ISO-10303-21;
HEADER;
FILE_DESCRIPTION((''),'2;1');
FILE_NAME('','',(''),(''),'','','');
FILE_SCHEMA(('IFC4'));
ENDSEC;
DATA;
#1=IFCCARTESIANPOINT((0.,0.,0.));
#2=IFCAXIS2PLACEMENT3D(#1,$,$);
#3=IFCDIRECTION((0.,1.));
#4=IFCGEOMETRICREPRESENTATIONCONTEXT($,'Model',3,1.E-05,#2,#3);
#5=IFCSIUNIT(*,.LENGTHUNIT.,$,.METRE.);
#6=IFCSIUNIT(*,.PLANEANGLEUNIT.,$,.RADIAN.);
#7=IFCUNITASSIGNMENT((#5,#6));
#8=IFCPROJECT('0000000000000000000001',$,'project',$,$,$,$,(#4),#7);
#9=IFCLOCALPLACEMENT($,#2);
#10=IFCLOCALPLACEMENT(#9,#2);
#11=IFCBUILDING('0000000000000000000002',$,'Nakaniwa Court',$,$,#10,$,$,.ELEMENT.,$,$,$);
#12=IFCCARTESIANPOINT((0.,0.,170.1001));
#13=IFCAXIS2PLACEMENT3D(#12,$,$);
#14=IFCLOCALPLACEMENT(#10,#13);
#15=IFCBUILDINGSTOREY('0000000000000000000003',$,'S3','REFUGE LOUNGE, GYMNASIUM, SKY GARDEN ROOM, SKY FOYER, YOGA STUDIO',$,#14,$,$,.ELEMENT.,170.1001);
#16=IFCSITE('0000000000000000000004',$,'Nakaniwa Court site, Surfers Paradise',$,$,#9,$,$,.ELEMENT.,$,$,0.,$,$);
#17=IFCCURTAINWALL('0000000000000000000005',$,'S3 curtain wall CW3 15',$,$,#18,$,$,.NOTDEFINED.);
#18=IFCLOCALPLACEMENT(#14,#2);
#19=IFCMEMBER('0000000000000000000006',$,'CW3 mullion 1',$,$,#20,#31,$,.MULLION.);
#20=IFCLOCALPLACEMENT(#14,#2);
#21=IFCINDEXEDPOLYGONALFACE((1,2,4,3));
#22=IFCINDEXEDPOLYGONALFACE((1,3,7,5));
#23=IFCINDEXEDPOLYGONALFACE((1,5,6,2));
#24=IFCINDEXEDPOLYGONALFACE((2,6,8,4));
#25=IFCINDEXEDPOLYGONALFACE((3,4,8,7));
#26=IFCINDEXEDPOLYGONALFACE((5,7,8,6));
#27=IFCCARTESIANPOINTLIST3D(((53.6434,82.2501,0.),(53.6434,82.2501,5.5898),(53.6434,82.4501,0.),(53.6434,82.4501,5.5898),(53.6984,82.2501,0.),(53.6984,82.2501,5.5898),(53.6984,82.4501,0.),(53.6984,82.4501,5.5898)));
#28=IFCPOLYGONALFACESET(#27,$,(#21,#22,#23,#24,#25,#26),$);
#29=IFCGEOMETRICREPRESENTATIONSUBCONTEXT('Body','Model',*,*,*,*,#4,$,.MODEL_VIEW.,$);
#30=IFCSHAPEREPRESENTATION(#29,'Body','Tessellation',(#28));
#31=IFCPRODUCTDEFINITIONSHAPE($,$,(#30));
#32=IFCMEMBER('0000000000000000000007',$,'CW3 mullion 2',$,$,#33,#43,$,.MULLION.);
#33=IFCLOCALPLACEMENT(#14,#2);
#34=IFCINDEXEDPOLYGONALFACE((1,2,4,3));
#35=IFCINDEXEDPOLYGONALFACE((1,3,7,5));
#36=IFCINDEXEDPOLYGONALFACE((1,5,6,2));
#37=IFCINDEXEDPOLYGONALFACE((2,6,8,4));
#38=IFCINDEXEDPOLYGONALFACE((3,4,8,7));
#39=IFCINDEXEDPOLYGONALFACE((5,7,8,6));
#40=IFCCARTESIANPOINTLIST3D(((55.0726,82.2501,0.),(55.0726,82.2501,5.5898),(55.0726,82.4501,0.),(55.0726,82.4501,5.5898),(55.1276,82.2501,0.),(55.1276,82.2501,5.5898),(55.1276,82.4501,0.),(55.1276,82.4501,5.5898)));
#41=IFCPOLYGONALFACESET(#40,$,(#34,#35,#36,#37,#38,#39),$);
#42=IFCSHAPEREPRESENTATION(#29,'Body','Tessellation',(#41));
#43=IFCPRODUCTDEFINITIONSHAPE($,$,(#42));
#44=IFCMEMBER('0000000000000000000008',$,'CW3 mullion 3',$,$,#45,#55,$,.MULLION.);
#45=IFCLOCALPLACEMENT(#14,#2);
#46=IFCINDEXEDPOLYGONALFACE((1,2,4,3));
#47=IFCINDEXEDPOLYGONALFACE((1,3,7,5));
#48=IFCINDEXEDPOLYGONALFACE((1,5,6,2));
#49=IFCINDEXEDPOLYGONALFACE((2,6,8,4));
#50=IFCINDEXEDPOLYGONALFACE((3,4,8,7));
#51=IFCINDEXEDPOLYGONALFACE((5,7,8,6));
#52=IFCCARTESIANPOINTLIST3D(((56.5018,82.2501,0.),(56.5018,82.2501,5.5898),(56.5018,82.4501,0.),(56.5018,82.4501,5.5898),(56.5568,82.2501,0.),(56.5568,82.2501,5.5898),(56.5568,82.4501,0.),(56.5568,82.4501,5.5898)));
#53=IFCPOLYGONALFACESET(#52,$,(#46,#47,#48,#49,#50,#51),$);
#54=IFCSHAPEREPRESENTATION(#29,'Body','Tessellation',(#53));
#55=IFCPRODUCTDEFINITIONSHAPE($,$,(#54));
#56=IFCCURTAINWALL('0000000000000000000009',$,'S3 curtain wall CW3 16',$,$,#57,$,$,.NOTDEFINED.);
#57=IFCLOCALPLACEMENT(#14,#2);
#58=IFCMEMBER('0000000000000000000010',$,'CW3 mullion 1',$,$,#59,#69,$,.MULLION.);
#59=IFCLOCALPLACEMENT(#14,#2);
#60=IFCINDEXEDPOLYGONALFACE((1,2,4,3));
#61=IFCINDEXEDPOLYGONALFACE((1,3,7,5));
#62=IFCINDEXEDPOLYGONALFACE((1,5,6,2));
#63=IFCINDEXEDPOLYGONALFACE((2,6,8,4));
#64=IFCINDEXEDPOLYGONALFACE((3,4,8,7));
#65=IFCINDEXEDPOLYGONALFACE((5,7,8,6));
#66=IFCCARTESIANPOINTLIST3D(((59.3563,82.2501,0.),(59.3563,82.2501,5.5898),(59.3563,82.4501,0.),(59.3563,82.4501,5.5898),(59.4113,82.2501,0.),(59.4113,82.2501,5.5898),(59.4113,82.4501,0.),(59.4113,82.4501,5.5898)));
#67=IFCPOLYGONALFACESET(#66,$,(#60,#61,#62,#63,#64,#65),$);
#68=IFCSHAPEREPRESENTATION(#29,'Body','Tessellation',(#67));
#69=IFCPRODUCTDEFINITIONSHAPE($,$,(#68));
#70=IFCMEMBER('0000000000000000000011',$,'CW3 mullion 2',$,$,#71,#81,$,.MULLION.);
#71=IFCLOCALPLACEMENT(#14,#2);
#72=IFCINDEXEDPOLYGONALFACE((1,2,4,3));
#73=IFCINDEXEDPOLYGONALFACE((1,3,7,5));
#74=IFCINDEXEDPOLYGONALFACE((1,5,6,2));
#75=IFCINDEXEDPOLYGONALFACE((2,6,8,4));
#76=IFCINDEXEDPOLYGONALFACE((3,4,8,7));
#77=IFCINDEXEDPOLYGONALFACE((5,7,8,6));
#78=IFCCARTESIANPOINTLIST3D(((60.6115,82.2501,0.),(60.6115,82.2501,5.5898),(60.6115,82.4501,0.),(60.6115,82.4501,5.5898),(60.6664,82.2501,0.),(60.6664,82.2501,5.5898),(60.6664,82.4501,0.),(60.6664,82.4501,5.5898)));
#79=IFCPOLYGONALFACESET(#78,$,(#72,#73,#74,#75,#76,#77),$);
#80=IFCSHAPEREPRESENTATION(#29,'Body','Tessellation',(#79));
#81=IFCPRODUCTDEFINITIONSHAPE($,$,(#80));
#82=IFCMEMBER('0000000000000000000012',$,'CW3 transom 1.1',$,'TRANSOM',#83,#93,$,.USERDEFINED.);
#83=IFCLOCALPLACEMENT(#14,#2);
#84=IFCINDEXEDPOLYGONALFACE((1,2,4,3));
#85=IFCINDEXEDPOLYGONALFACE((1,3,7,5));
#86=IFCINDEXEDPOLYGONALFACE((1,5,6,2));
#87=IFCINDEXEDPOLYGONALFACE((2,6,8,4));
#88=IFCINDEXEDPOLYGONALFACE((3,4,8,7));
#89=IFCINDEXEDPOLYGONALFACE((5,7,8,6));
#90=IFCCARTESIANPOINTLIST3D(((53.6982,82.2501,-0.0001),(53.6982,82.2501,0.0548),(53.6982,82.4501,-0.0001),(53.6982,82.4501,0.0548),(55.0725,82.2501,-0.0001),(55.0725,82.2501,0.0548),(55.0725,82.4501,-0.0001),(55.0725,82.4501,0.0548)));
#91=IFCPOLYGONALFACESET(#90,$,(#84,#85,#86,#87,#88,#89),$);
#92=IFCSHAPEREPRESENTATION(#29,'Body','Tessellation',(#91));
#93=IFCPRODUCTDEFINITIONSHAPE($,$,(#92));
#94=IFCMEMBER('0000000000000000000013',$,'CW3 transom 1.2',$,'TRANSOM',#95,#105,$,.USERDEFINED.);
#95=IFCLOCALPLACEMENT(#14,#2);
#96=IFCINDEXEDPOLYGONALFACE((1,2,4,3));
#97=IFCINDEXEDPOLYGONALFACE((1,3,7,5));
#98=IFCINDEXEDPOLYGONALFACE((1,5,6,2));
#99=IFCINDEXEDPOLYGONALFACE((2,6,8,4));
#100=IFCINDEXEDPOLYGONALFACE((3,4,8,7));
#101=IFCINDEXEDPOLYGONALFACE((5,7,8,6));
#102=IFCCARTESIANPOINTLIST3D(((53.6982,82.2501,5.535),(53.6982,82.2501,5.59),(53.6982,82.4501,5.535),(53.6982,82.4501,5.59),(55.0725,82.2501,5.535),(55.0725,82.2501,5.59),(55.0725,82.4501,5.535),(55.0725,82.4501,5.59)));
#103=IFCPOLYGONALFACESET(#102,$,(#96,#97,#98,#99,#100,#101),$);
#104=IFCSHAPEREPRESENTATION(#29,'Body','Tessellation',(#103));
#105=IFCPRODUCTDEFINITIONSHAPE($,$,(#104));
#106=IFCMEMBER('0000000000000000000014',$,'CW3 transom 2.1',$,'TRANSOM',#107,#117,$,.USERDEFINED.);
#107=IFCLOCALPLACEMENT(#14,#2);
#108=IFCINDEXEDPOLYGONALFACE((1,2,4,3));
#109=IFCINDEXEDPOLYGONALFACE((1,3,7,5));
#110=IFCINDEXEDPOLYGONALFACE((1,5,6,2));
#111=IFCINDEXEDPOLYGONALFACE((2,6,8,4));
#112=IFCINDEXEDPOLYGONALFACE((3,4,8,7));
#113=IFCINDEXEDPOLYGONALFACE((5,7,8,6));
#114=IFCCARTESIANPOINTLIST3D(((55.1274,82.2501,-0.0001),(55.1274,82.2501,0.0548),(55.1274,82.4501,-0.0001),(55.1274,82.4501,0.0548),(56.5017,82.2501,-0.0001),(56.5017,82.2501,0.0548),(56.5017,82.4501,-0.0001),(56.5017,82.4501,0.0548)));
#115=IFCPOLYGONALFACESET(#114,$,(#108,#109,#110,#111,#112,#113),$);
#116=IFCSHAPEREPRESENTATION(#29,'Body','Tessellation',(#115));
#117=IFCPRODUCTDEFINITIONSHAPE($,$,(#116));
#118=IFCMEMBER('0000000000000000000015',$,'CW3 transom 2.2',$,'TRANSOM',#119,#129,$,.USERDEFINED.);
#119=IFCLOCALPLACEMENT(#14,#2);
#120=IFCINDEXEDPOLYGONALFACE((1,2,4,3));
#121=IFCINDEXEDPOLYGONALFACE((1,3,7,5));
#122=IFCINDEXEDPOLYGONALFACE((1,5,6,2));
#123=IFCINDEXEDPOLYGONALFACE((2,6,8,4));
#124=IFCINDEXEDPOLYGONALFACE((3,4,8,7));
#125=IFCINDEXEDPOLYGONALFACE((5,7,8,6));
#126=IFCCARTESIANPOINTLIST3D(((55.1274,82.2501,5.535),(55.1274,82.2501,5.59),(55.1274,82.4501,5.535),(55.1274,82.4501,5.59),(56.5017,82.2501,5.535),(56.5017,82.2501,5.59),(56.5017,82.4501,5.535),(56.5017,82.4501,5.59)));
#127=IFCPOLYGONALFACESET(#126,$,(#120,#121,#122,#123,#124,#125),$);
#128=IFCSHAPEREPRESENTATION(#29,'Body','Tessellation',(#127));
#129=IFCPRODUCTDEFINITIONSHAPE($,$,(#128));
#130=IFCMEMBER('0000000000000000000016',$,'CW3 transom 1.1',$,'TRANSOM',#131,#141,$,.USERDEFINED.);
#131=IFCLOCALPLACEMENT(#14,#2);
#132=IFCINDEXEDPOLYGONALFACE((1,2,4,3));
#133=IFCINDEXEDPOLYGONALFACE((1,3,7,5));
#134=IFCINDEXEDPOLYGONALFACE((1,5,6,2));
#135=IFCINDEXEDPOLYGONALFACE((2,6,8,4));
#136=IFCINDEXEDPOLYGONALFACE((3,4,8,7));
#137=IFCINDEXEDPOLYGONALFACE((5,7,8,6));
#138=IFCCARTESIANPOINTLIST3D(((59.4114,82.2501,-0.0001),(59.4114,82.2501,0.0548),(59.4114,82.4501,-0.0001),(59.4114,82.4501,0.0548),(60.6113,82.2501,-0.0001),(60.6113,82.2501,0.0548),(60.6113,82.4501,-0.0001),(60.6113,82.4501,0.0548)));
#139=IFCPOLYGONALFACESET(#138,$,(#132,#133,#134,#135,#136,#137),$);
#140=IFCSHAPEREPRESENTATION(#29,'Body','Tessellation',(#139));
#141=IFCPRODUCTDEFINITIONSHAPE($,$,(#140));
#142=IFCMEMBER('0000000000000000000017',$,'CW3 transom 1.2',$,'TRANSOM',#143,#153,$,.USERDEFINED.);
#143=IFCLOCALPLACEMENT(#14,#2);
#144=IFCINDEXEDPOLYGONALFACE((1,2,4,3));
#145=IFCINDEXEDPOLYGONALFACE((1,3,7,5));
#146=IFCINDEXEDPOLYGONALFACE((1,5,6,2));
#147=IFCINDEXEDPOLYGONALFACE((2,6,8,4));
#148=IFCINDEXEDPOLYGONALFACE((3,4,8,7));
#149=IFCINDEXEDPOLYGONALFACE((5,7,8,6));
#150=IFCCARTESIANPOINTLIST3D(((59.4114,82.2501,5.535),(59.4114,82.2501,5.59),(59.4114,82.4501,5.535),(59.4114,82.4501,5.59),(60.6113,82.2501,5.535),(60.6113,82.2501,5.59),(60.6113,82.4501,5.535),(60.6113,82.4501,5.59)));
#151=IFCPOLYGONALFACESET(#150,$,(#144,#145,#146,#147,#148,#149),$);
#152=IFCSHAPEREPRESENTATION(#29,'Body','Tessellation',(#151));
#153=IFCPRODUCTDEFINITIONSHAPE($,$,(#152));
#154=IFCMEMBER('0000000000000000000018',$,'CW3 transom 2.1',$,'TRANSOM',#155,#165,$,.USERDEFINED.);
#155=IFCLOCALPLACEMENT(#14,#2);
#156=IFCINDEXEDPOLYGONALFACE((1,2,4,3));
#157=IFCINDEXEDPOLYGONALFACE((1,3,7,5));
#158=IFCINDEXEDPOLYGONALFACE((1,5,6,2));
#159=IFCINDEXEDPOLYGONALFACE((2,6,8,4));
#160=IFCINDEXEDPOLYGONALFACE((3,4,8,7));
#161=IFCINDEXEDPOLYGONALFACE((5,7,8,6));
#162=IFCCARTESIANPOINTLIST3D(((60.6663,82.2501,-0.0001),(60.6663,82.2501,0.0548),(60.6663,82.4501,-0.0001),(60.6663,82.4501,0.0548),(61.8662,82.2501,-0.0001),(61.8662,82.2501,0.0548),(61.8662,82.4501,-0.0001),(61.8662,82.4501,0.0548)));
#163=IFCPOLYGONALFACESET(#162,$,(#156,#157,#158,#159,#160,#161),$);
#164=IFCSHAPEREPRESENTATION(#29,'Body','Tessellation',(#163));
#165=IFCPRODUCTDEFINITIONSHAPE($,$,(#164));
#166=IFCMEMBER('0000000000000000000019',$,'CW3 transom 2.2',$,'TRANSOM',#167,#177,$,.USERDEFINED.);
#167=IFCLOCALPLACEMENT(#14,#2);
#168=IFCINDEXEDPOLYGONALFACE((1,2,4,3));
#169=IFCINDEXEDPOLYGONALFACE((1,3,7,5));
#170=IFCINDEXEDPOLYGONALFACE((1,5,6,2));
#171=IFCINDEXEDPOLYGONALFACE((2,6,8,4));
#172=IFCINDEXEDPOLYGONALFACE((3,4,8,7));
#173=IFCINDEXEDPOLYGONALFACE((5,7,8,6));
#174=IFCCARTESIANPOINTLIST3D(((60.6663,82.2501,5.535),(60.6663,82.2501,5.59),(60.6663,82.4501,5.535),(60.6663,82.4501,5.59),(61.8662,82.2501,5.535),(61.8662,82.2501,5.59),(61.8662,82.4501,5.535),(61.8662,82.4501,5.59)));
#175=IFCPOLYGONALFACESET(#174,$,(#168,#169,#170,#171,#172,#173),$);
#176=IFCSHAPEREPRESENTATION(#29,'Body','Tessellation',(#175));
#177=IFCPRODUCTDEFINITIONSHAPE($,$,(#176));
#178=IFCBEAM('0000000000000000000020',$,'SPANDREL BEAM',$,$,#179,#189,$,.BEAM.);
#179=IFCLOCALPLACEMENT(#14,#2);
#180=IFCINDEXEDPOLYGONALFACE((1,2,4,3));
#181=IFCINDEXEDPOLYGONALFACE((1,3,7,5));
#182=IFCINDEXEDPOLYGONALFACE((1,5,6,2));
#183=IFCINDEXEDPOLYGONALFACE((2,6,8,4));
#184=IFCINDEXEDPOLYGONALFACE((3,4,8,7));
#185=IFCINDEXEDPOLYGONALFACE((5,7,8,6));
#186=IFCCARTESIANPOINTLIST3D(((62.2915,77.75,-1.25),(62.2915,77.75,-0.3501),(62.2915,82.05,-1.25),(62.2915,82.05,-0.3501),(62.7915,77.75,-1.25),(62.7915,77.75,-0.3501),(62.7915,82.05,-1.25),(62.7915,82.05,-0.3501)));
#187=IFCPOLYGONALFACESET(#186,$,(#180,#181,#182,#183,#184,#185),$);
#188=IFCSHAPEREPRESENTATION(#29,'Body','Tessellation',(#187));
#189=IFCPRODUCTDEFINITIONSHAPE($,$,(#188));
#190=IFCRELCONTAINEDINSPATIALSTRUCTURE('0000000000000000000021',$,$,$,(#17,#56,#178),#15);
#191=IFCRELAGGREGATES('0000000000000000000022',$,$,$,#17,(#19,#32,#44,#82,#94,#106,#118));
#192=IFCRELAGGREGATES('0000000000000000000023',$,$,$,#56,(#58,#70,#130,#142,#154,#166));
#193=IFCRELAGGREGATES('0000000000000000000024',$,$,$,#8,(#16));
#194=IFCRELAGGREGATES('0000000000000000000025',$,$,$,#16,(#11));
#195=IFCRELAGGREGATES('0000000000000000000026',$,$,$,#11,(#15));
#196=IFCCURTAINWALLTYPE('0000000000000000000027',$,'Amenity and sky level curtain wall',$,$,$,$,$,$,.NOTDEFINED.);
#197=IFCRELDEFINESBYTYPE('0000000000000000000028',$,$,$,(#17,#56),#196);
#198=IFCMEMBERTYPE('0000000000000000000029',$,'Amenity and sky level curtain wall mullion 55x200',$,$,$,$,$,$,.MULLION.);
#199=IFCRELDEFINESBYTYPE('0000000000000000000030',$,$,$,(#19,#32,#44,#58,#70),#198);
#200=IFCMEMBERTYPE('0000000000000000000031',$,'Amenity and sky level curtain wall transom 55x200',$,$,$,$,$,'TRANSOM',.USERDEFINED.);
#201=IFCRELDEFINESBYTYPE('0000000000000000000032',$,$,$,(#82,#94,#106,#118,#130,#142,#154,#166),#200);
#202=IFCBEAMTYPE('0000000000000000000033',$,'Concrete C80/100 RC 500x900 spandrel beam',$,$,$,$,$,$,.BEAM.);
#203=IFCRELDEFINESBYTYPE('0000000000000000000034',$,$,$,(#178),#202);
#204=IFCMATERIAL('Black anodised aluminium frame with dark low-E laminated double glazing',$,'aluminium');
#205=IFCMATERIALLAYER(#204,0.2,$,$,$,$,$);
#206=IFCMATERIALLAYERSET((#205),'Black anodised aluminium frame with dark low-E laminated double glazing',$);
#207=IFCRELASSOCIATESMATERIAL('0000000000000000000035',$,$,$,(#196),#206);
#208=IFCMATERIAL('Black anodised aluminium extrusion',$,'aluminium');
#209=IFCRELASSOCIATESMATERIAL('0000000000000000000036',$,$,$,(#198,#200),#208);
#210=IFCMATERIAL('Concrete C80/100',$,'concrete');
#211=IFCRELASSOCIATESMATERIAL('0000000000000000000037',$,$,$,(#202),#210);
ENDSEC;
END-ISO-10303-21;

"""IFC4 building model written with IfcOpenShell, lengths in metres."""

from ifc_helpers import new_model, si_unit, direction, frame, origin, origin_2d, place, context, subcontext, project, spatial, rectangle, extrude, material, layer, layer_set, material_profile, profile_set, type_object, element, aggregate, save


model = new_model("IFC4")

# Units and contexts
model_context = context("Model", 3, precision=1e-05, world=origin(), true_north=direction((0.0, 1.0)))
body_context = subcontext(model_context, "Body", "Model", "MODEL_VIEW")
ifc_project = project(units=[si_unit("LENGTHUNIT", "METRE"), si_unit("PLANEANGLEUNIT", "RADIAN")], contexts=[model_context])

# Site, building, storey
site_placement = place(None, origin())
site = spatial("IfcSite", under=ifc_project, at=site_placement, Name="Nakaniwa Court site, Surfers Paradise", CompositionType="ELEMENT", RefElevation=0.0)
building_placement = place(site_placement, origin())
building = spatial("IfcBuilding", under=site, at=building_placement, Name="Nakaniwa Court", CompositionType="ELEMENT")
storey_placement = place(building_placement, frame((0.0, 0.0, 170.1001)))
storey = spatial("IfcBuildingStorey", under=building, at=storey_placement, Name="S3", Description="REFUGE LOUNGE, GYMNASIUM, SKY GARDEN ROOM, SKY FOYER, YOGA STUDIO", CompositionType="ELEMENT", Elevation=170.1001)

# Curtain walls, members
ifc_material_1 = material(Name="Black anodised aluminium frame with dark low-E laminated double glazing", Category="aluminium")
ifc_layer_1 = layer(ifc_material_1, 0.2)
ifc_layer_set_1 = layer_set([ifc_layer_1], Name="Black anodised aluminium frame with dark low-E laminated double glazing")
curtain_wall_type = type_object("IfcCurtainWallType", Name="Amenity and sky level curtain wall", PredefinedType="NOTDEFINED", material=ifc_layer_set_1)
curtain_wall_1_placement = place(storey_placement, origin())
curtain_wall_1 = element("IfcCurtainWall", 1, at=curtain_wall_1_placement, inside=storey, type_object=curtain_wall_type, Name="S3 curtain wall CW3 15", PredefinedType="NOTDEFINED")
ifc_material_2 = material(Name="Black anodised aluminium extrusion", Category="aluminium")
ifc_material_profile_1 = material_profile(ifc_material_2, rectangle(XDim=0.2, YDim=0.0549, at=origin_2d()), Name="Amenity and sky level curtain wall mullion 55x200")
ifc_profile_set_1 = profile_set([ifc_material_profile_1], Name="Black anodised aluminium extrusion")
member_type_1 = type_object("IfcMemberType", Name="Amenity and sky level curtain wall mullion 55x200", PredefinedType="MULLION", material=ifc_profile_set_1)
member_1_placement = place(storey_placement, frame((53.6709, 82.3501, 0.0), z_axis=(0.0, 0.0, 1.0), x_axis=(0.0, 1.0, 0.0)))
member_1 = element("IfcMember", 2, at=member_1_placement, type_object=member_type_1, Name="CW3 mullion 1", PredefinedType="MULLION", context=body_context, shape_type="SweptSolid", body=[
    extrude(rectangle(XDim=0.2, YDim=0.0549, at=origin_2d()), origin(), (0.0, 0.0, 1.0), 5.5898),
])
member_2_placement = place(storey_placement, frame((55.1001, 82.3501, 0.0), z_axis=(0.0, 0.0, 1.0), x_axis=(0.0, 1.0, 0.0)))
member_2 = element("IfcMember", 3, at=member_2_placement, type_object=member_type_1, Name="CW3 mullion 2", PredefinedType="MULLION", context=body_context, shape_type="SweptSolid", body=[
    extrude(rectangle(XDim=0.2, YDim=0.0549, at=origin_2d()), origin(), (0.0, 0.0, 1.0), 5.5898),
])
member_3_placement = place(storey_placement, frame((56.5293, 82.3501, 0.0), z_axis=(0.0, 0.0, 1.0), x_axis=(0.0, 1.0, 0.0)))
member_3 = element("IfcMember", 4, at=member_3_placement, type_object=member_type_1, Name="CW3 mullion 3", PredefinedType="MULLION", context=body_context, shape_type="SweptSolid", body=[
    extrude(rectangle(XDim=0.2, YDim=0.0549, at=origin_2d()), origin(), (0.0, 0.0, 1.0), 5.5898),
])
curtain_wall_2_placement = place(storey_placement, origin())
curtain_wall_2 = element("IfcCurtainWall", 5, at=curtain_wall_2_placement, inside=storey, type_object=curtain_wall_type, Name="S3 curtain wall CW3 16", PredefinedType="NOTDEFINED")
member_4_placement = place(storey_placement, frame((59.3838, 82.3501, 0.0), z_axis=(0.0, 0.0, 1.0), x_axis=(0.0, 1.0, 0.0)))
member_4 = element("IfcMember", 6, at=member_4_placement, type_object=member_type_1, Name="CW3 mullion 1", PredefinedType="MULLION", context=body_context, shape_type="SweptSolid", body=[
    extrude(rectangle(XDim=0.2, YDim=0.0549, at=origin_2d()), origin(), (0.0, 0.0, 1.0), 5.5898),
])
member_5_placement = place(storey_placement, frame((60.6389, 82.3501, 0.0), z_axis=(0.0, 0.0, 1.0), x_axis=(0.0, 1.0, 0.0)))
member_5 = element("IfcMember", 7, at=member_5_placement, type_object=member_type_1, Name="CW3 mullion 2", PredefinedType="MULLION", context=body_context, shape_type="SweptSolid", body=[
    extrude(rectangle(XDim=0.2, YDim=0.0549, at=origin_2d()), origin(), (0.0, 0.0, 1.0), 5.5898),
])

# Members
ifc_material_profile_2 = material_profile(ifc_material_2, rectangle(XDim=0.2, YDim=0.0549, at=origin_2d()), Name="Amenity and sky level curtain wall transom 55x200")
ifc_profile_set_2 = profile_set([ifc_material_profile_2], Name="Black anodised aluminium extrusion")
member_type_2 = type_object("IfcMemberType", Name="Amenity and sky level curtain wall transom 55x200", ElementType="TRANSOM", PredefinedType="USERDEFINED", material=ifc_profile_set_2)
member_6_placement = place(storey_placement, frame((53.6982, 82.3501, 0.0273), z_axis=(1.0, 0.0, 0.0), x_axis=(0.0, 1.0, 0.0)))
member_6 = element("IfcMember", 8, at=member_6_placement, type_object=member_type_2, Name="CW3 transom 1.1", ObjectType="TRANSOM", PredefinedType="USERDEFINED", context=body_context, shape_type="SweptSolid", body=[
    extrude(rectangle(XDim=0.2, YDim=0.0549, at=origin_2d()), origin(), (0.0, 0.0, 1.0), 1.3743),
])
member_7_placement = place(storey_placement, frame((53.6982, 82.3501, 5.5625), z_axis=(1.0, 0.0, 0.0), x_axis=(0.0, 1.0, 0.0)))
member_7 = element("IfcMember", 9, at=member_7_placement, type_object=member_type_2, Name="CW3 transom 1.2", ObjectType="TRANSOM", PredefinedType="USERDEFINED", context=body_context, shape_type="SweptSolid", body=[
    extrude(rectangle(XDim=0.2, YDim=0.0549, at=origin_2d()), origin(), (0.0, 0.0, 1.0), 1.3743),
])
member_8_placement = place(storey_placement, frame((55.1274, 82.3501, 0.0273), z_axis=(1.0, 0.0, 0.0), x_axis=(0.0, 1.0, 0.0)))
member_8 = element("IfcMember", 10, at=member_8_placement, type_object=member_type_2, Name="CW3 transom 2.1", ObjectType="TRANSOM", PredefinedType="USERDEFINED", context=body_context, shape_type="SweptSolid", body=[
    extrude(rectangle(XDim=0.2, YDim=0.0549, at=origin_2d()), origin(), (0.0, 0.0, 1.0), 1.3743),
])
member_9_placement = place(storey_placement, frame((55.1274, 82.3501, 5.5625), z_axis=(1.0, 0.0, 0.0), x_axis=(0.0, 1.0, 0.0)))
member_9 = element("IfcMember", 11, at=member_9_placement, type_object=member_type_2, Name="CW3 transom 2.2", ObjectType="TRANSOM", PredefinedType="USERDEFINED", context=body_context, shape_type="SweptSolid", body=[
    extrude(rectangle(XDim=0.2, YDim=0.0549, at=origin_2d()), origin(), (0.0, 0.0, 1.0), 1.3743),
])
member_10_placement = place(storey_placement, frame((59.4114, 82.3501, 0.0273), z_axis=(1.0, 0.0, 0.0), x_axis=(0.0, 1.0, 0.0)))
member_10 = element("IfcMember", 12, at=member_10_placement, type_object=member_type_2, Name="CW3 transom 1.1", ObjectType="TRANSOM", PredefinedType="USERDEFINED", context=body_context, shape_type="SweptSolid", body=[
    extrude(rectangle(XDim=0.2, YDim=0.0549, at=origin_2d()), origin(), (0.0, 0.0, 1.0), 1.2),
])
member_11_placement = place(storey_placement, frame((59.4114, 82.3501, 5.5625), z_axis=(1.0, 0.0, 0.0), x_axis=(0.0, 1.0, 0.0)))
member_11 = element("IfcMember", 13, at=member_11_placement, type_object=member_type_2, Name="CW3 transom 1.2", ObjectType="TRANSOM", PredefinedType="USERDEFINED", context=body_context, shape_type="SweptSolid", body=[
    extrude(rectangle(XDim=0.2, YDim=0.0549, at=origin_2d()), origin(), (0.0, 0.0, 1.0), 1.2),
])
member_12_placement = place(storey_placement, frame((60.6663, 82.3501, 0.0273), z_axis=(1.0, 0.0, 0.0), x_axis=(0.0, 1.0, 0.0)))
member_12 = element("IfcMember", 14, at=member_12_placement, type_object=member_type_2, Name="CW3 transom 2.1", ObjectType="TRANSOM", PredefinedType="USERDEFINED", context=body_context, shape_type="SweptSolid", body=[
    extrude(rectangle(XDim=0.2, YDim=0.0549, at=origin_2d()), origin(), (0.0, 0.0, 1.0), 1.2),
])
member_13_placement = place(storey_placement, frame((60.6663, 82.3501, 5.5625), z_axis=(1.0, 0.0, 0.0), x_axis=(0.0, 1.0, 0.0)))
member_13 = element("IfcMember", 15, at=member_13_placement, type_object=member_type_2, Name="CW3 transom 2.2", ObjectType="TRANSOM", PredefinedType="USERDEFINED", context=body_context, shape_type="SweptSolid", body=[
    extrude(rectangle(XDim=0.2, YDim=0.0549, at=origin_2d()), origin(), (0.0, 0.0, 1.0), 1.2),
])

# Beam
ifc_material_3 = material(Name="Concrete C80/100", Category="concrete")
ifc_material_profile_3 = material_profile(ifc_material_3, rectangle(XDim=0.5, YDim=0.8999, at=origin_2d()), Name="Concrete C80/100 RC 500x900 spandrel beam")
ifc_profile_set_3 = profile_set([ifc_material_profile_3], Name="Concrete C80/100")
beam_type = type_object("IfcBeamType", Name="Concrete C80/100 RC 500x900 spandrel beam", PredefinedType="BEAM", material=ifc_profile_set_3)
beam_placement = place(storey_placement, frame((62.5415, 82.05, -0.8), z_axis=(0.0, -1.0, 0.0), x_axis=(1.0, 0.0, 0.0)))
element("IfcBeam", 16, at=beam_placement, inside=storey, type_object=beam_type, Name="SPANDREL BEAM", PredefinedType="BEAM", context=body_context, shape_type="SweptSolid", body=[
    extrude(rectangle(XDim=0.5, YDim=0.8999, at=origin_2d()), origin(), (0.0, 0.0, 1.0), 4.3),
])

aggregate(curtain_wall_1, [member_1, member_2, member_3, member_6, member_7, member_8, member_9])
aggregate(curtain_wall_2, [member_4, member_5, member_10, member_11, member_12, member_13])

save(model, "model.ifc")
